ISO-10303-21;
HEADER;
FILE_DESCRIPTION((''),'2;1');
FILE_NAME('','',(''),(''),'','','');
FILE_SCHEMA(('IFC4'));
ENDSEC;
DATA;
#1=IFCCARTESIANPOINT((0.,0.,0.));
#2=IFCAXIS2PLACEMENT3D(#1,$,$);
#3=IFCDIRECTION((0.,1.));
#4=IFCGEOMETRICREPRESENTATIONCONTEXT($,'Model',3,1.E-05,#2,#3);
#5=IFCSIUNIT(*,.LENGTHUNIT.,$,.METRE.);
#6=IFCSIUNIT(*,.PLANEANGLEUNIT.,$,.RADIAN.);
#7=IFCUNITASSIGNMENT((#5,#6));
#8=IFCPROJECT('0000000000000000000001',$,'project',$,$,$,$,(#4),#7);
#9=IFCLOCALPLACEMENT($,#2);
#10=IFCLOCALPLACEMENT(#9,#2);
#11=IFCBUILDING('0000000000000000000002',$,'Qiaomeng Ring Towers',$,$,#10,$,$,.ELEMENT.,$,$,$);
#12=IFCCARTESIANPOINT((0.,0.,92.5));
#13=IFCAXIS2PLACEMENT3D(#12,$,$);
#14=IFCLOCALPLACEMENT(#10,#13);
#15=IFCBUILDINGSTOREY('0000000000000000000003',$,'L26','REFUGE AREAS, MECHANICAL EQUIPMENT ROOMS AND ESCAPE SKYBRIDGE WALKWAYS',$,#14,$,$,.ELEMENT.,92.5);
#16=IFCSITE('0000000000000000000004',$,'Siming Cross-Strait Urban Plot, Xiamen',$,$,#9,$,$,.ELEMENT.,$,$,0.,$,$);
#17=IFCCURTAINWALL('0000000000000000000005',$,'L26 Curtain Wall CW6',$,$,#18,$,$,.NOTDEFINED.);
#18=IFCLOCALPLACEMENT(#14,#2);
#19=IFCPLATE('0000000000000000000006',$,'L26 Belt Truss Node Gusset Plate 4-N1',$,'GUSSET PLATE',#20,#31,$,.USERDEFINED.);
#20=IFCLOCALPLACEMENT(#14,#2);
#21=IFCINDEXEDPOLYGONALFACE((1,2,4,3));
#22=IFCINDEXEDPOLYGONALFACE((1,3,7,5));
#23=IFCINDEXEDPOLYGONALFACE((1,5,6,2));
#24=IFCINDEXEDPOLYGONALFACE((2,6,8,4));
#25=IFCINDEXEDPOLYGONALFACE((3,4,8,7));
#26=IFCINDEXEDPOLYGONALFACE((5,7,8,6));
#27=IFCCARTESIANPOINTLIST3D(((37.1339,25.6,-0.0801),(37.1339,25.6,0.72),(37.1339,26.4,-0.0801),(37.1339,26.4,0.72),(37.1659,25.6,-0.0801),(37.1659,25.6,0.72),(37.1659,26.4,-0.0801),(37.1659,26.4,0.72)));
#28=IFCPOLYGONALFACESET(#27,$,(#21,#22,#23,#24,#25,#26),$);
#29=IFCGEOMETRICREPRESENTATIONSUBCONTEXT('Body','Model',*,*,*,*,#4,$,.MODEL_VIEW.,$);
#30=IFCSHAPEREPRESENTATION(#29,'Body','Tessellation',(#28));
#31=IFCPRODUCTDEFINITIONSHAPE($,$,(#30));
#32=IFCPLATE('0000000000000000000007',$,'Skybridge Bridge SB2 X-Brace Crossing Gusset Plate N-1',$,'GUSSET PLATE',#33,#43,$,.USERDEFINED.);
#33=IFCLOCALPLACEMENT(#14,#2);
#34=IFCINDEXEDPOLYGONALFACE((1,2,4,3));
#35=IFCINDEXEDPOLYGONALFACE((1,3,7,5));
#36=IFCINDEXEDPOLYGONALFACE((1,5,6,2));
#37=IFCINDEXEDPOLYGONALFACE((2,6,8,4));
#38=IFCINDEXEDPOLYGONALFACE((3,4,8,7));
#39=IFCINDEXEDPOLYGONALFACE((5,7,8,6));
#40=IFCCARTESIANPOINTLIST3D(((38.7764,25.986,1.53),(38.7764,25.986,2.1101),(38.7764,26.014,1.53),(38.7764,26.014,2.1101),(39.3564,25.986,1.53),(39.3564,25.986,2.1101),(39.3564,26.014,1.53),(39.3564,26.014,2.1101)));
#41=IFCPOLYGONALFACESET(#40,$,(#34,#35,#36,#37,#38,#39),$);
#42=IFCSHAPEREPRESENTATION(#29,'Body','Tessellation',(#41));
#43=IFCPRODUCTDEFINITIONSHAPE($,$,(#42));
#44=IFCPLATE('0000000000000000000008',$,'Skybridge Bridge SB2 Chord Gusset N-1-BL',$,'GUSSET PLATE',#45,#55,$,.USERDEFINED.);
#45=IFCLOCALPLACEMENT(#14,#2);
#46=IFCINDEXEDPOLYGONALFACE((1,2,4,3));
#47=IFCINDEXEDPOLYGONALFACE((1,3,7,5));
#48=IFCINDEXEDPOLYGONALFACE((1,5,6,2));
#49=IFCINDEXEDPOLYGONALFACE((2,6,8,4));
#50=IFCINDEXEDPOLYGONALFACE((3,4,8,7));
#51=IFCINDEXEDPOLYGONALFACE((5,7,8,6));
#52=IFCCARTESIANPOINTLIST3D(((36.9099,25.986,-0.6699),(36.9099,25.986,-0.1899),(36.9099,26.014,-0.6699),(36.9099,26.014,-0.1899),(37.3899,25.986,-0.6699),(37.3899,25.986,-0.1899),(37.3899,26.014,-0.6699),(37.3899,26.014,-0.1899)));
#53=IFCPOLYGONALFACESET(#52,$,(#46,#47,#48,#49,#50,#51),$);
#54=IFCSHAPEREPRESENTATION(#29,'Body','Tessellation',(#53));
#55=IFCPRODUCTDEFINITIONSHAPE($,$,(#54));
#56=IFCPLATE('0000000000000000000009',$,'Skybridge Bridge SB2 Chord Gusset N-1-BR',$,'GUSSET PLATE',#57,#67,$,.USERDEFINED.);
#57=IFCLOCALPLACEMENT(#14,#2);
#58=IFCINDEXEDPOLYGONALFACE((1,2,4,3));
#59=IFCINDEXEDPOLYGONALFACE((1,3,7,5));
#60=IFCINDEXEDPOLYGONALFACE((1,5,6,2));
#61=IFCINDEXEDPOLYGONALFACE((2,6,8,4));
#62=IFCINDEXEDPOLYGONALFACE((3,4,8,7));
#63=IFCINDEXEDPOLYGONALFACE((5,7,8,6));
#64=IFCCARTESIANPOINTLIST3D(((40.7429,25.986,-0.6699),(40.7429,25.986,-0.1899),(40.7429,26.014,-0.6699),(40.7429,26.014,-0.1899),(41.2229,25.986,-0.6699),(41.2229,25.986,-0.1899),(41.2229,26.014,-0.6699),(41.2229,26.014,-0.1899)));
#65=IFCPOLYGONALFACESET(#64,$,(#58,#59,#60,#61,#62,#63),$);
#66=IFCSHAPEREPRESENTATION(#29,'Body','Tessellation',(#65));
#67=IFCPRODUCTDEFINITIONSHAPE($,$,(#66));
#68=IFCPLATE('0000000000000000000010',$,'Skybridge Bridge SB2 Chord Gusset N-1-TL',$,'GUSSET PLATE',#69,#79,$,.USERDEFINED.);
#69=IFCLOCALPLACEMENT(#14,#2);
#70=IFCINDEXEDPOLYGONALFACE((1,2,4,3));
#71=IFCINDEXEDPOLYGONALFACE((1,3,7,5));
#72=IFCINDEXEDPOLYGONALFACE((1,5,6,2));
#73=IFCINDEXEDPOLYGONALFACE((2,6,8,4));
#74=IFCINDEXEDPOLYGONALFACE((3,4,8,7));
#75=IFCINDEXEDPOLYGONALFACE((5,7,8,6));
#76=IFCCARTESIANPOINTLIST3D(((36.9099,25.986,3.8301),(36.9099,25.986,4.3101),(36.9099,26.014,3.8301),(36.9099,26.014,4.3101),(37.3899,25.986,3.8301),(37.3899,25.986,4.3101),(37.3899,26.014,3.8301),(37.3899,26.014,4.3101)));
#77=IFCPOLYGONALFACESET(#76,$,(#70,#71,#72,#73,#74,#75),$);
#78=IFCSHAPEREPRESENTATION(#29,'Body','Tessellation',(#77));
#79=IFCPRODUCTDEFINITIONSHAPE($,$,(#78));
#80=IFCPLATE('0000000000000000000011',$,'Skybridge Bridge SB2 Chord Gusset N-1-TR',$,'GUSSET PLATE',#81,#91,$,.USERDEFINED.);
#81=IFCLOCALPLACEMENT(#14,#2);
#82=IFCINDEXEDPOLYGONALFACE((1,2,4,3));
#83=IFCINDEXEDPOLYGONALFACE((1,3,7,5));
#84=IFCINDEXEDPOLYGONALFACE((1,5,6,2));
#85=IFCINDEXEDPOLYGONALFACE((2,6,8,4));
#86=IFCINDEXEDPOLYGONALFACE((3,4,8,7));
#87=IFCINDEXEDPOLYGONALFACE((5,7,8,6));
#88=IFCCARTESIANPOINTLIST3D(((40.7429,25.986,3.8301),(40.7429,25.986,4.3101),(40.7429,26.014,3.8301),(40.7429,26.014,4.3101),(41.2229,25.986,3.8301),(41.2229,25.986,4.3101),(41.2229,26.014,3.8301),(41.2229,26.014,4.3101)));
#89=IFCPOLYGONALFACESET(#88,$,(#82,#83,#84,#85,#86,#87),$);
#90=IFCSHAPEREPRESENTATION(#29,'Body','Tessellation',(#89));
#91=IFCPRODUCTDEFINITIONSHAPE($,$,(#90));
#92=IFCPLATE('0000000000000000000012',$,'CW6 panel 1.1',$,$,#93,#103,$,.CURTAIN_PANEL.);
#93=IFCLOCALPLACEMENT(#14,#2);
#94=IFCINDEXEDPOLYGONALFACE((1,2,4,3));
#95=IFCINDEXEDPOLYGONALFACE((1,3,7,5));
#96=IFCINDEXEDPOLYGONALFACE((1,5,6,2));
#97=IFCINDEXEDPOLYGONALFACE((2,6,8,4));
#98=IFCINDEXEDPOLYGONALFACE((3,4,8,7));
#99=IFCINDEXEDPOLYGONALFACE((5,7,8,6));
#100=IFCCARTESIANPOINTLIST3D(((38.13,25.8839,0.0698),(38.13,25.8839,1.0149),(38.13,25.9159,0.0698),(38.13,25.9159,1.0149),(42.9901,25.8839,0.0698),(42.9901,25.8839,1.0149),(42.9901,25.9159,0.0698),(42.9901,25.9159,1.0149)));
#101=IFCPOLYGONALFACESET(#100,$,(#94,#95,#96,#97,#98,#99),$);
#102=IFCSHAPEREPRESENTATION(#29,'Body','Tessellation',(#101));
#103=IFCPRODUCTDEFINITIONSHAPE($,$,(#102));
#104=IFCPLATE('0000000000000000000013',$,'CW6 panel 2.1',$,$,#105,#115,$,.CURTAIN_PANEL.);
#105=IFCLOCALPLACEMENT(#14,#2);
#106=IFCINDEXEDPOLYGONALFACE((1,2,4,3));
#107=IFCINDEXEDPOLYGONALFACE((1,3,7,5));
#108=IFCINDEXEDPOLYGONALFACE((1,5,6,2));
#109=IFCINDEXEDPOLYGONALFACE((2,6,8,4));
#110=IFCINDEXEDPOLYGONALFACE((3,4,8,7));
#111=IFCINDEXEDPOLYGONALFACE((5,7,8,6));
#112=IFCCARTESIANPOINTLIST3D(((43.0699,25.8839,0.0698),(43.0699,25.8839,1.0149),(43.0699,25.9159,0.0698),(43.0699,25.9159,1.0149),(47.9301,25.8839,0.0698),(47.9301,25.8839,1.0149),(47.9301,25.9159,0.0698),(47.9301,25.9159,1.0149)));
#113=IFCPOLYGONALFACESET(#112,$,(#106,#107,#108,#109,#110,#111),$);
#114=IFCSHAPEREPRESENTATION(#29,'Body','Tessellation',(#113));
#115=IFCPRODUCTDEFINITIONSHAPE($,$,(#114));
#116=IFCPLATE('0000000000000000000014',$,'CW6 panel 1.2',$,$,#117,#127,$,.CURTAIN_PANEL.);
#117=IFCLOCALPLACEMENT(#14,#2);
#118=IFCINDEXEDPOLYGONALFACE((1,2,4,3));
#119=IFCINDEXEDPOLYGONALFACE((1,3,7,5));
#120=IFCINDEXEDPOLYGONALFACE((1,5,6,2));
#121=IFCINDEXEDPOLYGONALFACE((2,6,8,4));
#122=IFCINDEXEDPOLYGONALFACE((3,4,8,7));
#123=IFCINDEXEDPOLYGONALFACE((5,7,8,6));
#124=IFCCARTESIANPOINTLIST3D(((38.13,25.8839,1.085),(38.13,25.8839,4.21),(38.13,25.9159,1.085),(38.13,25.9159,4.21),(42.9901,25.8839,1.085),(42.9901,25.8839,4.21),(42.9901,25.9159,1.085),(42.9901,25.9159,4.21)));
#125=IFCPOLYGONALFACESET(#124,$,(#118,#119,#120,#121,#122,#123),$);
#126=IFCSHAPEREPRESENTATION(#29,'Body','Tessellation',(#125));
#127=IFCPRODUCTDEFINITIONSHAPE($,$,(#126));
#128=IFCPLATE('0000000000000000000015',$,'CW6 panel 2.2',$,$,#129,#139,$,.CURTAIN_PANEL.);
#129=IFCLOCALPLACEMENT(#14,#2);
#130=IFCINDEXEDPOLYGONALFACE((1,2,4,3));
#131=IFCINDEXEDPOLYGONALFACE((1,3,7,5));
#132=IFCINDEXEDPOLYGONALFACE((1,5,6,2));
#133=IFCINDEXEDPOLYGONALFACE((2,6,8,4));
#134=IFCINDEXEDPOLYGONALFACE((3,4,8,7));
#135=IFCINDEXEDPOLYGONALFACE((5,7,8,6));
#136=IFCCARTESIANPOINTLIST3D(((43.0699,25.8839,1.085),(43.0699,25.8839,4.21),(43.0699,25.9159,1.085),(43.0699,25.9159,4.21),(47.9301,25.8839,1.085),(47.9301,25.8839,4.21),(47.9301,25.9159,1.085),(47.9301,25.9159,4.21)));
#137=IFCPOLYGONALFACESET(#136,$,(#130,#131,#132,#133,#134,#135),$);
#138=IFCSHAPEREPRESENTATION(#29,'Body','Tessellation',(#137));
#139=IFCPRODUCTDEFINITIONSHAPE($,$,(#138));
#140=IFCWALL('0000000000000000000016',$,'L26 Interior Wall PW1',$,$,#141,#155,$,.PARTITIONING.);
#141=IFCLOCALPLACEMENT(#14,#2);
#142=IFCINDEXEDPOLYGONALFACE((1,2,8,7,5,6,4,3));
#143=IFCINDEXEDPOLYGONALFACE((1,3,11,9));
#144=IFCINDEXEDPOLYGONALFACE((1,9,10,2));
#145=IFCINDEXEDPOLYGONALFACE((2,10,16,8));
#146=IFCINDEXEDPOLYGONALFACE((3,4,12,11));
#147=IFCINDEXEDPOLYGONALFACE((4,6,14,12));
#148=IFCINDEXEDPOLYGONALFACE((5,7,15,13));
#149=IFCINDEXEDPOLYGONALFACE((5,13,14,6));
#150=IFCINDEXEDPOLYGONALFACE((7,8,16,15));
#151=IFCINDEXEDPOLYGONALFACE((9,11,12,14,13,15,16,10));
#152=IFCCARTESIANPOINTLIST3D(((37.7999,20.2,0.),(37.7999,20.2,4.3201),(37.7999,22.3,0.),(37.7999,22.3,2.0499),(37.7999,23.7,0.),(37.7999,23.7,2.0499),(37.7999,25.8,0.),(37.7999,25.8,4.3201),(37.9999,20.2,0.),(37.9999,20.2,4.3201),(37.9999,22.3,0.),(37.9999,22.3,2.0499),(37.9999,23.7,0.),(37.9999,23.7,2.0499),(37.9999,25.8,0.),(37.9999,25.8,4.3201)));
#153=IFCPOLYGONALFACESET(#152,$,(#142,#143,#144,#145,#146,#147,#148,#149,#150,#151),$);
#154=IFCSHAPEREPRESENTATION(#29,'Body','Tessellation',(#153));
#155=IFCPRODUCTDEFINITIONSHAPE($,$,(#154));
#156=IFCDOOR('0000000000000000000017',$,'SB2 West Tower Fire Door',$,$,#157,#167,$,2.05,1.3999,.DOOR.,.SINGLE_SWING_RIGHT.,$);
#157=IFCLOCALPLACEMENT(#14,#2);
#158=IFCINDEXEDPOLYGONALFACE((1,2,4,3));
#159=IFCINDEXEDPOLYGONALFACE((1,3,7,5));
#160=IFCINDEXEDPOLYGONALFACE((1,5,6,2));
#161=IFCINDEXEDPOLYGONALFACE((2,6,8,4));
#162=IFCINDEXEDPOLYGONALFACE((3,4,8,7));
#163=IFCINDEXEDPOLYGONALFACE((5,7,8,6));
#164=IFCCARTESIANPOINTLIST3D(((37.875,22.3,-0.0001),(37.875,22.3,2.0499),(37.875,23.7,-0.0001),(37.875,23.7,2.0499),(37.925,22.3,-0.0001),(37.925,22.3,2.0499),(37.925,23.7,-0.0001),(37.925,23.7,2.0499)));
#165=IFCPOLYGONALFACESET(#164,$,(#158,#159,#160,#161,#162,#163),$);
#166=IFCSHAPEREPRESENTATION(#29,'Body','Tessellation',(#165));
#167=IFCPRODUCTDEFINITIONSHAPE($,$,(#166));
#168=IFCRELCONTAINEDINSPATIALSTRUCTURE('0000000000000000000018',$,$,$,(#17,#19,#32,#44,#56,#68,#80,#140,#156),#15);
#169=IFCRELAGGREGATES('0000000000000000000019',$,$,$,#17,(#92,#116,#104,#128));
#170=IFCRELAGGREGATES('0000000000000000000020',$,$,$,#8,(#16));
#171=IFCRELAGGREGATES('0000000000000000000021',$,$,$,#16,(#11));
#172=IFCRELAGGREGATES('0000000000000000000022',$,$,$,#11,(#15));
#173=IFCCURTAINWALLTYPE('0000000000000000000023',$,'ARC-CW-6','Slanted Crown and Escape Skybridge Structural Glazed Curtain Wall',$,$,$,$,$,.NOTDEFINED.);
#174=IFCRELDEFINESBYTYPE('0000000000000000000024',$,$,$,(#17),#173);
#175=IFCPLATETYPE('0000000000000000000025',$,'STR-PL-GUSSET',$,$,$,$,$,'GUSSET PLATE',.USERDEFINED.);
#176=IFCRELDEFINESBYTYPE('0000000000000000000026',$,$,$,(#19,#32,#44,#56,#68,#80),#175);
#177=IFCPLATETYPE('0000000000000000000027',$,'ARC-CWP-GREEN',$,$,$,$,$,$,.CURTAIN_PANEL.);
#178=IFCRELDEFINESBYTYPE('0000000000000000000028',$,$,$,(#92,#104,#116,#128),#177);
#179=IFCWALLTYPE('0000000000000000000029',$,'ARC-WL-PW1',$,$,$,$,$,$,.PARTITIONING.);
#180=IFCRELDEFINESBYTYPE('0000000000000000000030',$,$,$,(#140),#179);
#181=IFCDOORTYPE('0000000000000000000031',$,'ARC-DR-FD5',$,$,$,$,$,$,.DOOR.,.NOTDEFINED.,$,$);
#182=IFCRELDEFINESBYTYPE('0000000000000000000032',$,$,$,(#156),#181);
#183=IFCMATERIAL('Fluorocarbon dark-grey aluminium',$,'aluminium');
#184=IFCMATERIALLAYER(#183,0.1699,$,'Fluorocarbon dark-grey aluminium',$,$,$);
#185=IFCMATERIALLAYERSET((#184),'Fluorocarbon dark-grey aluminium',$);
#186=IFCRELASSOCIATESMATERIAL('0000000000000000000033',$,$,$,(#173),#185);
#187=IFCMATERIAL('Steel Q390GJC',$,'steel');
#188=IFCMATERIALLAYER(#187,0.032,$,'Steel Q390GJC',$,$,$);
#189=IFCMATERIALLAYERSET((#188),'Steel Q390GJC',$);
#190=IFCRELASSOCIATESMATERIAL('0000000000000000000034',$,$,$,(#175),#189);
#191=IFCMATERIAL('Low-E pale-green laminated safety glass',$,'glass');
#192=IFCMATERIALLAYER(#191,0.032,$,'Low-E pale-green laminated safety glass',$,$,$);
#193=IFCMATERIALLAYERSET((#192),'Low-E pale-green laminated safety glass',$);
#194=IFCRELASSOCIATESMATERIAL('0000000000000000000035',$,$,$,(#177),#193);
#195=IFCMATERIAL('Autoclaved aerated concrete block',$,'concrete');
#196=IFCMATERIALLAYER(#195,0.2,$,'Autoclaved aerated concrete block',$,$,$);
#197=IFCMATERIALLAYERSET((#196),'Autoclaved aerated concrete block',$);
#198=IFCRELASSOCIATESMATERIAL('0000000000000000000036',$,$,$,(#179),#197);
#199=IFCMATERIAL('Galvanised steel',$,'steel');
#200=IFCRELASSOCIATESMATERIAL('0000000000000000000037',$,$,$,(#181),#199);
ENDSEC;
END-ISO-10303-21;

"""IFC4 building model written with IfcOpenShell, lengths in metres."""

from ifc_helpers import new_model, si_unit, direction, frame, frame_2d, origin, origin_2d, place, context, subcontext, project, spatial, rectangle, extrude, source, transform, mapped, material, layer, layer_set, type_object, element, fill, aggregate, save


model = new_model("IFC4")

# Units and contexts
model_context = context("Model", 3, precision=1e-05, world=origin(), true_north=direction((0.0, 1.0)))
body_context = subcontext(model_context, "Body", "Model", "MODEL_VIEW")
ifc_project = project(units=[si_unit("LENGTHUNIT", "METRE"), si_unit("PLANEANGLEUNIT", "RADIAN")], contexts=[model_context])

# Site, building, storey
site_placement = place(None, origin())
site = spatial("IfcSite", under=ifc_project, at=site_placement, Name="Siming Cross-Strait Urban Plot, Xiamen", CompositionType="ELEMENT", RefElevation=0.0)
building_placement = place(site_placement, origin())
building = spatial("IfcBuilding", under=site, at=building_placement, Name="Qiaomeng Ring Towers", CompositionType="ELEMENT")
storey_placement = place(building_placement, frame((0.0, 0.0, 92.5)))
storey = spatial("IfcBuildingStorey", under=building, at=storey_placement, Name="L26", Description="REFUGE AREAS, MECHANICAL EQUIPMENT ROOMS AND ESCAPE SKYBRIDGE WALKWAYS", CompositionType="ELEMENT", Elevation=92.5)

# Shared definitions
ifc_material_1 = material(Name="Steel Q390GJC", Category="steel")

# Curtain wall
ifc_material_2 = material(Name="Fluorocarbon dark-grey aluminium", Category="aluminium")
ifc_layer_1 = layer(ifc_material_2, 0.1699, Name="Fluorocarbon dark-grey aluminium")
ifc_layer_set_1 = layer_set([ifc_layer_1], Name="Fluorocarbon dark-grey aluminium")
curtain_wall_type = type_object("IfcCurtainWallType", Name="ARC-CW-6", Description="Slanted Crown and Escape Skybridge Structural Glazed Curtain Wall", PredefinedType="NOTDEFINED", material=ifc_layer_set_1)
curtain_wall_placement = place(storey_placement, origin())
curtain_wall = element("IfcCurtainWall", 1, at=curtain_wall_placement, inside=storey, type_object=curtain_wall_type, Name="L26 Curtain Wall CW6", PredefinedType="NOTDEFINED")

# Plates
ifc_layer_2 = layer(ifc_material_1, 0.032, Name="Steel Q390GJC")
ifc_layer_set_2 = layer_set([ifc_layer_2], Name="Steel Q390GJC")
plate_type_1 = type_object("IfcPlateType", Name="STR-PL-GUSSET", ElementType="GUSSET PLATE", PredefinedType="USERDEFINED", material=ifc_layer_set_2)
shared_shape_1 = source(origin(), body_context, "Body", "SweptSolid", [
    extrude(rectangle(XDim=0.8, YDim=0.032, at=origin_2d()), origin(), (0.0, 0.0, 1.0), 0.8),
])
plate_1_placement = place(storey_placement, frame((37.1499, 26.0, -0.0801), z_axis=(0.0, 0.0, 1.0), x_axis=(0.0, 1.0, 0.0)))
element("IfcPlate", 2, at=plate_1_placement, inside=storey, type_object=plate_type_1, Name="L26 Belt Truss Node Gusset Plate 4-N1", ObjectType="GUSSET PLATE", PredefinedType="USERDEFINED", context=body_context, shape_type="MappedRepresentation", body=[
    mapped(shared_shape_1, transform((0.0, 0.0, 0.0), x_axis=(1.0, 0.0, 0.0), y_axis=(0.0, 1.0, 0.0), z_axis=(0.0, 0.0, 1.0), scale=1.0)),
])
shared_shape_2 = source(origin(), body_context, "Body", "SweptSolid", [
    extrude(rectangle(XDim=0.5801, YDim=0.0281, at=origin_2d()), origin(), (0.0, 0.0, 1.0), 0.5801),
])
plate_2_placement = place(storey_placement, frame((39.0664, 26.0, 1.53), z_axis=(0.0, 0.0, 1.0), x_axis=(1.0, 0.0, 0.0)))
element("IfcPlate", 3, at=plate_2_placement, inside=storey, type_object=plate_type_1, Name="Skybridge Bridge SB2 X-Brace Crossing Gusset Plate N-1", ObjectType="GUSSET PLATE", PredefinedType="USERDEFINED", context=body_context, shape_type="MappedRepresentation", body=[
    mapped(shared_shape_2, transform((0.0, 0.0, 0.0), x_axis=(1.0, 0.0, 0.0), y_axis=(0.0, 1.0, 0.0), z_axis=(0.0, 0.0, 1.0), scale=1.0)),
])
shared_shape_3 = source(origin(), body_context, "Body", "SweptSolid", [
    extrude(rectangle(XDim=0.48, YDim=0.0281, at=origin_2d()), origin(), (0.0, 0.0, 1.0), 0.48),
])
for number, where, z_axis, x_axis, name in (
    (4, (37.1499, 26.0, -0.6699), (0.0, 0.0, 1.0), (1.0, 0.0, 0.0), "Skybridge Bridge SB2 Chord Gusset N-1-BL"),
    (5, (40.9829, 26.0, -0.6699), (0.0, 0.0, 1.0), (1.0, 0.0, 0.0), "Skybridge Bridge SB2 Chord Gusset N-1-BR"),
    (6, (37.1499, 26.0, 3.8301), (0.0, 0.0, 1.0), (1.0, 0.0, 0.0), "Skybridge Bridge SB2 Chord Gusset N-1-TL"),
    (7, (40.9829, 26.0, 3.8301), (0.0, 0.0, 1.0), (1.0, 0.0, 0.0), "Skybridge Bridge SB2 Chord Gusset N-1-TR"),
):
    element("IfcPlate", number, at=place(storey_placement, frame(where, z_axis=z_axis, x_axis=x_axis)), inside=storey, type_object=plate_type_1, Name=name, ObjectType="GUSSET PLATE", PredefinedType="USERDEFINED", context=body_context, shape_type="MappedRepresentation", body=[
        mapped(shared_shape_3, transform((0.0, 0.0, 0.0), x_axis=(1.0, 0.0, 0.0), y_axis=(0.0, 1.0, 0.0), z_axis=(0.0, 0.0, 1.0), scale=1.0)),
    ])

# Plates
ifc_material_3 = material(Name="Low-E pale-green laminated safety glass", Category="glass")
ifc_layer_3 = layer(ifc_material_3, 0.032, Name="Low-E pale-green laminated safety glass")
ifc_layer_set_3 = layer_set([ifc_layer_3], Name="Low-E pale-green laminated safety glass")
plate_type_2 = type_object("IfcPlateType", Name="ARC-CWP-GREEN", PredefinedType="CURTAIN_PANEL", material=ifc_layer_set_3)
shared_shape_4 = source(origin(), body_context, "Body", "SweptSolid", [
    extrude(rectangle(XDim=4.8601, YDim=0.032, at=origin_2d()), origin(), (0.0, 0.0, 1.0), 0.9451),
])
plate_3_placement = place(storey_placement, frame((40.5601, 25.8999, 0.0698), z_axis=(0.0, 0.0, 1.0), x_axis=(1.0, 0.0, 0.0)))
plate_3 = element("IfcPlate", 8, at=plate_3_placement, type_object=plate_type_2, Name="CW6 panel 1.1", PredefinedType="CURTAIN_PANEL", context=body_context, shape_type="MappedRepresentation", body=[
    mapped(shared_shape_4, transform((0.0, 0.0, 0.0), x_axis=(1.0, 0.0, 0.0), y_axis=(0.0, 1.0, 0.0), z_axis=(0.0, 0.0, 1.0), scale=1.0)),
])
plate_4_placement = place(storey_placement, frame((45.5, 25.8999, 0.0698), z_axis=(0.0, 0.0, 1.0), x_axis=(1.0, 0.0, 0.0)))
plate_4 = element("IfcPlate", 9, at=plate_4_placement, type_object=plate_type_2, Name="CW6 panel 2.1", PredefinedType="CURTAIN_PANEL", context=body_context, shape_type="MappedRepresentation", body=[
    mapped(shared_shape_4, transform((0.0, 0.0, 0.0), x_axis=(1.0, 0.0, 0.0), y_axis=(0.0, 1.0, 0.0), z_axis=(0.0, 0.0, 1.0), scale=1.0)),
])
shared_shape_5 = source(origin(), body_context, "Body", "SweptSolid", [
    extrude(rectangle(XDim=4.8601, YDim=0.032, at=origin_2d()), origin(), (0.0, 0.0, 1.0), 3.125),
])
plate_5_placement = place(storey_placement, frame((40.5601, 25.8999, 1.085), z_axis=(0.0, 0.0, 1.0), x_axis=(1.0, 0.0, 0.0)))
plate_5 = element("IfcPlate", 10, at=plate_5_placement, type_object=plate_type_2, Name="CW6 panel 1.2", PredefinedType="CURTAIN_PANEL", context=body_context, shape_type="MappedRepresentation", body=[
    mapped(shared_shape_5, transform((0.0, 0.0, 0.0), x_axis=(1.0, 0.0, 0.0), y_axis=(0.0, 1.0, 0.0), z_axis=(0.0, 0.0, 1.0), scale=1.0)),
])
plate_6_placement = place(storey_placement, frame((45.5, 25.8999, 1.085), z_axis=(0.0, 0.0, 1.0), x_axis=(1.0, 0.0, 0.0)))
plate_6 = element("IfcPlate", 11, at=plate_6_placement, type_object=plate_type_2, Name="CW6 panel 2.2", PredefinedType="CURTAIN_PANEL", context=body_context, shape_type="MappedRepresentation", body=[
    mapped(shared_shape_5, transform((0.0, 0.0, 0.0), x_axis=(1.0, 0.0, 0.0), y_axis=(0.0, 1.0, 0.0), z_axis=(0.0, 0.0, 1.0), scale=1.0)),
])
aggregate(curtain_wall, [plate_3, plate_5, plate_4, plate_6])

# Wall, opening, door
ifc_material_4 = material(Name="Autoclaved aerated concrete block", Category="concrete")
ifc_layer_4 = layer(ifc_material_4, 0.2, Name="Autoclaved aerated concrete block")
ifc_layer_set_4 = layer_set([ifc_layer_4], Name="Autoclaved aerated concrete block")
wall_type = type_object("IfcWallType", Name="ARC-WL-PW1", PredefinedType="PARTITIONING", material=ifc_layer_set_4)
wall_1_placement = place(storey_placement, frame((37.8999, 20.2, 0.0), z_axis=(0.0, 0.0, 1.0), x_axis=(0.0, 1.0, 0.0)))
wall_1 = element("IfcWall", 12, at=wall_1_placement, inside=storey, type_object=wall_type, Name="L26 Interior Wall PW1", PredefinedType="PARTITIONING", context=body_context, shape_type="SweptSolid", body=[
    extrude(rectangle(XDim=5.6001, YDim=0.2, at=frame_2d((2.8, 0.0))), origin(), (0.0, 0.0, 1.0), 4.3201),
])
opening_1_placement = place(wall_1_placement, frame((2.1001, 0.0, 0.0)))
opening_1 = element("IfcOpeningElement", 13, at=opening_1_placement, cuts=wall_1, PredefinedType="OPENING", context=body_context, shape_type="SweptSolid", body=[
    extrude(rectangle(XDim=1.3999, YDim=2.05, at=frame_2d((0.7, 1.0249))), frame((0.0, 0.1099, 0.0), z_axis=(0.0, -1.0, 0.0), x_axis=(1.0, 0.0, 0.0)), (0.0, 0.0, 1.0), 0.22),
])
ifc_material_5 = material(Name="Galvanised steel", Category="steel")
door_type = type_object("IfcDoorType", Name="ARC-DR-FD5", OperationType="NOTDEFINED", PredefinedType="DOOR", material=ifc_material_5)
shared_shape_6 = source(origin(), body_context, "Body", "SweptSolid", [
    extrude(rectangle(XDim=1.3999, YDim=2.05, at=frame_2d((0.7, 1.0249))), frame((0.0, 0.0249, 0.0), z_axis=(0.0, -1.0, 0.0), x_axis=(1.0, 0.0, 0.0)), (0.0, 0.0, 1.0), 0.05),
])
door_1_placement = place(opening_1_placement, origin())
door_1 = element("IfcDoor", 14, at=door_1_placement, inside=storey, type_object=door_type, Name="SB2 West Tower Fire Door", OperationType="SINGLE_SWING_RIGHT", OverallHeight=2.05, OverallWidth=1.3999, PredefinedType="DOOR", context=body_context, shape_type="MappedRepresentation", body=[
    mapped(shared_shape_6, transform((0.0, 0.0, 0.0), x_axis=(1.0, 0.0, 0.0), y_axis=(0.0, 1.0, 0.0), z_axis=(0.0, 0.0, 1.0), scale=1.0)),
])
fill(opening_1, door_1)

save(model, "model.ifc")
